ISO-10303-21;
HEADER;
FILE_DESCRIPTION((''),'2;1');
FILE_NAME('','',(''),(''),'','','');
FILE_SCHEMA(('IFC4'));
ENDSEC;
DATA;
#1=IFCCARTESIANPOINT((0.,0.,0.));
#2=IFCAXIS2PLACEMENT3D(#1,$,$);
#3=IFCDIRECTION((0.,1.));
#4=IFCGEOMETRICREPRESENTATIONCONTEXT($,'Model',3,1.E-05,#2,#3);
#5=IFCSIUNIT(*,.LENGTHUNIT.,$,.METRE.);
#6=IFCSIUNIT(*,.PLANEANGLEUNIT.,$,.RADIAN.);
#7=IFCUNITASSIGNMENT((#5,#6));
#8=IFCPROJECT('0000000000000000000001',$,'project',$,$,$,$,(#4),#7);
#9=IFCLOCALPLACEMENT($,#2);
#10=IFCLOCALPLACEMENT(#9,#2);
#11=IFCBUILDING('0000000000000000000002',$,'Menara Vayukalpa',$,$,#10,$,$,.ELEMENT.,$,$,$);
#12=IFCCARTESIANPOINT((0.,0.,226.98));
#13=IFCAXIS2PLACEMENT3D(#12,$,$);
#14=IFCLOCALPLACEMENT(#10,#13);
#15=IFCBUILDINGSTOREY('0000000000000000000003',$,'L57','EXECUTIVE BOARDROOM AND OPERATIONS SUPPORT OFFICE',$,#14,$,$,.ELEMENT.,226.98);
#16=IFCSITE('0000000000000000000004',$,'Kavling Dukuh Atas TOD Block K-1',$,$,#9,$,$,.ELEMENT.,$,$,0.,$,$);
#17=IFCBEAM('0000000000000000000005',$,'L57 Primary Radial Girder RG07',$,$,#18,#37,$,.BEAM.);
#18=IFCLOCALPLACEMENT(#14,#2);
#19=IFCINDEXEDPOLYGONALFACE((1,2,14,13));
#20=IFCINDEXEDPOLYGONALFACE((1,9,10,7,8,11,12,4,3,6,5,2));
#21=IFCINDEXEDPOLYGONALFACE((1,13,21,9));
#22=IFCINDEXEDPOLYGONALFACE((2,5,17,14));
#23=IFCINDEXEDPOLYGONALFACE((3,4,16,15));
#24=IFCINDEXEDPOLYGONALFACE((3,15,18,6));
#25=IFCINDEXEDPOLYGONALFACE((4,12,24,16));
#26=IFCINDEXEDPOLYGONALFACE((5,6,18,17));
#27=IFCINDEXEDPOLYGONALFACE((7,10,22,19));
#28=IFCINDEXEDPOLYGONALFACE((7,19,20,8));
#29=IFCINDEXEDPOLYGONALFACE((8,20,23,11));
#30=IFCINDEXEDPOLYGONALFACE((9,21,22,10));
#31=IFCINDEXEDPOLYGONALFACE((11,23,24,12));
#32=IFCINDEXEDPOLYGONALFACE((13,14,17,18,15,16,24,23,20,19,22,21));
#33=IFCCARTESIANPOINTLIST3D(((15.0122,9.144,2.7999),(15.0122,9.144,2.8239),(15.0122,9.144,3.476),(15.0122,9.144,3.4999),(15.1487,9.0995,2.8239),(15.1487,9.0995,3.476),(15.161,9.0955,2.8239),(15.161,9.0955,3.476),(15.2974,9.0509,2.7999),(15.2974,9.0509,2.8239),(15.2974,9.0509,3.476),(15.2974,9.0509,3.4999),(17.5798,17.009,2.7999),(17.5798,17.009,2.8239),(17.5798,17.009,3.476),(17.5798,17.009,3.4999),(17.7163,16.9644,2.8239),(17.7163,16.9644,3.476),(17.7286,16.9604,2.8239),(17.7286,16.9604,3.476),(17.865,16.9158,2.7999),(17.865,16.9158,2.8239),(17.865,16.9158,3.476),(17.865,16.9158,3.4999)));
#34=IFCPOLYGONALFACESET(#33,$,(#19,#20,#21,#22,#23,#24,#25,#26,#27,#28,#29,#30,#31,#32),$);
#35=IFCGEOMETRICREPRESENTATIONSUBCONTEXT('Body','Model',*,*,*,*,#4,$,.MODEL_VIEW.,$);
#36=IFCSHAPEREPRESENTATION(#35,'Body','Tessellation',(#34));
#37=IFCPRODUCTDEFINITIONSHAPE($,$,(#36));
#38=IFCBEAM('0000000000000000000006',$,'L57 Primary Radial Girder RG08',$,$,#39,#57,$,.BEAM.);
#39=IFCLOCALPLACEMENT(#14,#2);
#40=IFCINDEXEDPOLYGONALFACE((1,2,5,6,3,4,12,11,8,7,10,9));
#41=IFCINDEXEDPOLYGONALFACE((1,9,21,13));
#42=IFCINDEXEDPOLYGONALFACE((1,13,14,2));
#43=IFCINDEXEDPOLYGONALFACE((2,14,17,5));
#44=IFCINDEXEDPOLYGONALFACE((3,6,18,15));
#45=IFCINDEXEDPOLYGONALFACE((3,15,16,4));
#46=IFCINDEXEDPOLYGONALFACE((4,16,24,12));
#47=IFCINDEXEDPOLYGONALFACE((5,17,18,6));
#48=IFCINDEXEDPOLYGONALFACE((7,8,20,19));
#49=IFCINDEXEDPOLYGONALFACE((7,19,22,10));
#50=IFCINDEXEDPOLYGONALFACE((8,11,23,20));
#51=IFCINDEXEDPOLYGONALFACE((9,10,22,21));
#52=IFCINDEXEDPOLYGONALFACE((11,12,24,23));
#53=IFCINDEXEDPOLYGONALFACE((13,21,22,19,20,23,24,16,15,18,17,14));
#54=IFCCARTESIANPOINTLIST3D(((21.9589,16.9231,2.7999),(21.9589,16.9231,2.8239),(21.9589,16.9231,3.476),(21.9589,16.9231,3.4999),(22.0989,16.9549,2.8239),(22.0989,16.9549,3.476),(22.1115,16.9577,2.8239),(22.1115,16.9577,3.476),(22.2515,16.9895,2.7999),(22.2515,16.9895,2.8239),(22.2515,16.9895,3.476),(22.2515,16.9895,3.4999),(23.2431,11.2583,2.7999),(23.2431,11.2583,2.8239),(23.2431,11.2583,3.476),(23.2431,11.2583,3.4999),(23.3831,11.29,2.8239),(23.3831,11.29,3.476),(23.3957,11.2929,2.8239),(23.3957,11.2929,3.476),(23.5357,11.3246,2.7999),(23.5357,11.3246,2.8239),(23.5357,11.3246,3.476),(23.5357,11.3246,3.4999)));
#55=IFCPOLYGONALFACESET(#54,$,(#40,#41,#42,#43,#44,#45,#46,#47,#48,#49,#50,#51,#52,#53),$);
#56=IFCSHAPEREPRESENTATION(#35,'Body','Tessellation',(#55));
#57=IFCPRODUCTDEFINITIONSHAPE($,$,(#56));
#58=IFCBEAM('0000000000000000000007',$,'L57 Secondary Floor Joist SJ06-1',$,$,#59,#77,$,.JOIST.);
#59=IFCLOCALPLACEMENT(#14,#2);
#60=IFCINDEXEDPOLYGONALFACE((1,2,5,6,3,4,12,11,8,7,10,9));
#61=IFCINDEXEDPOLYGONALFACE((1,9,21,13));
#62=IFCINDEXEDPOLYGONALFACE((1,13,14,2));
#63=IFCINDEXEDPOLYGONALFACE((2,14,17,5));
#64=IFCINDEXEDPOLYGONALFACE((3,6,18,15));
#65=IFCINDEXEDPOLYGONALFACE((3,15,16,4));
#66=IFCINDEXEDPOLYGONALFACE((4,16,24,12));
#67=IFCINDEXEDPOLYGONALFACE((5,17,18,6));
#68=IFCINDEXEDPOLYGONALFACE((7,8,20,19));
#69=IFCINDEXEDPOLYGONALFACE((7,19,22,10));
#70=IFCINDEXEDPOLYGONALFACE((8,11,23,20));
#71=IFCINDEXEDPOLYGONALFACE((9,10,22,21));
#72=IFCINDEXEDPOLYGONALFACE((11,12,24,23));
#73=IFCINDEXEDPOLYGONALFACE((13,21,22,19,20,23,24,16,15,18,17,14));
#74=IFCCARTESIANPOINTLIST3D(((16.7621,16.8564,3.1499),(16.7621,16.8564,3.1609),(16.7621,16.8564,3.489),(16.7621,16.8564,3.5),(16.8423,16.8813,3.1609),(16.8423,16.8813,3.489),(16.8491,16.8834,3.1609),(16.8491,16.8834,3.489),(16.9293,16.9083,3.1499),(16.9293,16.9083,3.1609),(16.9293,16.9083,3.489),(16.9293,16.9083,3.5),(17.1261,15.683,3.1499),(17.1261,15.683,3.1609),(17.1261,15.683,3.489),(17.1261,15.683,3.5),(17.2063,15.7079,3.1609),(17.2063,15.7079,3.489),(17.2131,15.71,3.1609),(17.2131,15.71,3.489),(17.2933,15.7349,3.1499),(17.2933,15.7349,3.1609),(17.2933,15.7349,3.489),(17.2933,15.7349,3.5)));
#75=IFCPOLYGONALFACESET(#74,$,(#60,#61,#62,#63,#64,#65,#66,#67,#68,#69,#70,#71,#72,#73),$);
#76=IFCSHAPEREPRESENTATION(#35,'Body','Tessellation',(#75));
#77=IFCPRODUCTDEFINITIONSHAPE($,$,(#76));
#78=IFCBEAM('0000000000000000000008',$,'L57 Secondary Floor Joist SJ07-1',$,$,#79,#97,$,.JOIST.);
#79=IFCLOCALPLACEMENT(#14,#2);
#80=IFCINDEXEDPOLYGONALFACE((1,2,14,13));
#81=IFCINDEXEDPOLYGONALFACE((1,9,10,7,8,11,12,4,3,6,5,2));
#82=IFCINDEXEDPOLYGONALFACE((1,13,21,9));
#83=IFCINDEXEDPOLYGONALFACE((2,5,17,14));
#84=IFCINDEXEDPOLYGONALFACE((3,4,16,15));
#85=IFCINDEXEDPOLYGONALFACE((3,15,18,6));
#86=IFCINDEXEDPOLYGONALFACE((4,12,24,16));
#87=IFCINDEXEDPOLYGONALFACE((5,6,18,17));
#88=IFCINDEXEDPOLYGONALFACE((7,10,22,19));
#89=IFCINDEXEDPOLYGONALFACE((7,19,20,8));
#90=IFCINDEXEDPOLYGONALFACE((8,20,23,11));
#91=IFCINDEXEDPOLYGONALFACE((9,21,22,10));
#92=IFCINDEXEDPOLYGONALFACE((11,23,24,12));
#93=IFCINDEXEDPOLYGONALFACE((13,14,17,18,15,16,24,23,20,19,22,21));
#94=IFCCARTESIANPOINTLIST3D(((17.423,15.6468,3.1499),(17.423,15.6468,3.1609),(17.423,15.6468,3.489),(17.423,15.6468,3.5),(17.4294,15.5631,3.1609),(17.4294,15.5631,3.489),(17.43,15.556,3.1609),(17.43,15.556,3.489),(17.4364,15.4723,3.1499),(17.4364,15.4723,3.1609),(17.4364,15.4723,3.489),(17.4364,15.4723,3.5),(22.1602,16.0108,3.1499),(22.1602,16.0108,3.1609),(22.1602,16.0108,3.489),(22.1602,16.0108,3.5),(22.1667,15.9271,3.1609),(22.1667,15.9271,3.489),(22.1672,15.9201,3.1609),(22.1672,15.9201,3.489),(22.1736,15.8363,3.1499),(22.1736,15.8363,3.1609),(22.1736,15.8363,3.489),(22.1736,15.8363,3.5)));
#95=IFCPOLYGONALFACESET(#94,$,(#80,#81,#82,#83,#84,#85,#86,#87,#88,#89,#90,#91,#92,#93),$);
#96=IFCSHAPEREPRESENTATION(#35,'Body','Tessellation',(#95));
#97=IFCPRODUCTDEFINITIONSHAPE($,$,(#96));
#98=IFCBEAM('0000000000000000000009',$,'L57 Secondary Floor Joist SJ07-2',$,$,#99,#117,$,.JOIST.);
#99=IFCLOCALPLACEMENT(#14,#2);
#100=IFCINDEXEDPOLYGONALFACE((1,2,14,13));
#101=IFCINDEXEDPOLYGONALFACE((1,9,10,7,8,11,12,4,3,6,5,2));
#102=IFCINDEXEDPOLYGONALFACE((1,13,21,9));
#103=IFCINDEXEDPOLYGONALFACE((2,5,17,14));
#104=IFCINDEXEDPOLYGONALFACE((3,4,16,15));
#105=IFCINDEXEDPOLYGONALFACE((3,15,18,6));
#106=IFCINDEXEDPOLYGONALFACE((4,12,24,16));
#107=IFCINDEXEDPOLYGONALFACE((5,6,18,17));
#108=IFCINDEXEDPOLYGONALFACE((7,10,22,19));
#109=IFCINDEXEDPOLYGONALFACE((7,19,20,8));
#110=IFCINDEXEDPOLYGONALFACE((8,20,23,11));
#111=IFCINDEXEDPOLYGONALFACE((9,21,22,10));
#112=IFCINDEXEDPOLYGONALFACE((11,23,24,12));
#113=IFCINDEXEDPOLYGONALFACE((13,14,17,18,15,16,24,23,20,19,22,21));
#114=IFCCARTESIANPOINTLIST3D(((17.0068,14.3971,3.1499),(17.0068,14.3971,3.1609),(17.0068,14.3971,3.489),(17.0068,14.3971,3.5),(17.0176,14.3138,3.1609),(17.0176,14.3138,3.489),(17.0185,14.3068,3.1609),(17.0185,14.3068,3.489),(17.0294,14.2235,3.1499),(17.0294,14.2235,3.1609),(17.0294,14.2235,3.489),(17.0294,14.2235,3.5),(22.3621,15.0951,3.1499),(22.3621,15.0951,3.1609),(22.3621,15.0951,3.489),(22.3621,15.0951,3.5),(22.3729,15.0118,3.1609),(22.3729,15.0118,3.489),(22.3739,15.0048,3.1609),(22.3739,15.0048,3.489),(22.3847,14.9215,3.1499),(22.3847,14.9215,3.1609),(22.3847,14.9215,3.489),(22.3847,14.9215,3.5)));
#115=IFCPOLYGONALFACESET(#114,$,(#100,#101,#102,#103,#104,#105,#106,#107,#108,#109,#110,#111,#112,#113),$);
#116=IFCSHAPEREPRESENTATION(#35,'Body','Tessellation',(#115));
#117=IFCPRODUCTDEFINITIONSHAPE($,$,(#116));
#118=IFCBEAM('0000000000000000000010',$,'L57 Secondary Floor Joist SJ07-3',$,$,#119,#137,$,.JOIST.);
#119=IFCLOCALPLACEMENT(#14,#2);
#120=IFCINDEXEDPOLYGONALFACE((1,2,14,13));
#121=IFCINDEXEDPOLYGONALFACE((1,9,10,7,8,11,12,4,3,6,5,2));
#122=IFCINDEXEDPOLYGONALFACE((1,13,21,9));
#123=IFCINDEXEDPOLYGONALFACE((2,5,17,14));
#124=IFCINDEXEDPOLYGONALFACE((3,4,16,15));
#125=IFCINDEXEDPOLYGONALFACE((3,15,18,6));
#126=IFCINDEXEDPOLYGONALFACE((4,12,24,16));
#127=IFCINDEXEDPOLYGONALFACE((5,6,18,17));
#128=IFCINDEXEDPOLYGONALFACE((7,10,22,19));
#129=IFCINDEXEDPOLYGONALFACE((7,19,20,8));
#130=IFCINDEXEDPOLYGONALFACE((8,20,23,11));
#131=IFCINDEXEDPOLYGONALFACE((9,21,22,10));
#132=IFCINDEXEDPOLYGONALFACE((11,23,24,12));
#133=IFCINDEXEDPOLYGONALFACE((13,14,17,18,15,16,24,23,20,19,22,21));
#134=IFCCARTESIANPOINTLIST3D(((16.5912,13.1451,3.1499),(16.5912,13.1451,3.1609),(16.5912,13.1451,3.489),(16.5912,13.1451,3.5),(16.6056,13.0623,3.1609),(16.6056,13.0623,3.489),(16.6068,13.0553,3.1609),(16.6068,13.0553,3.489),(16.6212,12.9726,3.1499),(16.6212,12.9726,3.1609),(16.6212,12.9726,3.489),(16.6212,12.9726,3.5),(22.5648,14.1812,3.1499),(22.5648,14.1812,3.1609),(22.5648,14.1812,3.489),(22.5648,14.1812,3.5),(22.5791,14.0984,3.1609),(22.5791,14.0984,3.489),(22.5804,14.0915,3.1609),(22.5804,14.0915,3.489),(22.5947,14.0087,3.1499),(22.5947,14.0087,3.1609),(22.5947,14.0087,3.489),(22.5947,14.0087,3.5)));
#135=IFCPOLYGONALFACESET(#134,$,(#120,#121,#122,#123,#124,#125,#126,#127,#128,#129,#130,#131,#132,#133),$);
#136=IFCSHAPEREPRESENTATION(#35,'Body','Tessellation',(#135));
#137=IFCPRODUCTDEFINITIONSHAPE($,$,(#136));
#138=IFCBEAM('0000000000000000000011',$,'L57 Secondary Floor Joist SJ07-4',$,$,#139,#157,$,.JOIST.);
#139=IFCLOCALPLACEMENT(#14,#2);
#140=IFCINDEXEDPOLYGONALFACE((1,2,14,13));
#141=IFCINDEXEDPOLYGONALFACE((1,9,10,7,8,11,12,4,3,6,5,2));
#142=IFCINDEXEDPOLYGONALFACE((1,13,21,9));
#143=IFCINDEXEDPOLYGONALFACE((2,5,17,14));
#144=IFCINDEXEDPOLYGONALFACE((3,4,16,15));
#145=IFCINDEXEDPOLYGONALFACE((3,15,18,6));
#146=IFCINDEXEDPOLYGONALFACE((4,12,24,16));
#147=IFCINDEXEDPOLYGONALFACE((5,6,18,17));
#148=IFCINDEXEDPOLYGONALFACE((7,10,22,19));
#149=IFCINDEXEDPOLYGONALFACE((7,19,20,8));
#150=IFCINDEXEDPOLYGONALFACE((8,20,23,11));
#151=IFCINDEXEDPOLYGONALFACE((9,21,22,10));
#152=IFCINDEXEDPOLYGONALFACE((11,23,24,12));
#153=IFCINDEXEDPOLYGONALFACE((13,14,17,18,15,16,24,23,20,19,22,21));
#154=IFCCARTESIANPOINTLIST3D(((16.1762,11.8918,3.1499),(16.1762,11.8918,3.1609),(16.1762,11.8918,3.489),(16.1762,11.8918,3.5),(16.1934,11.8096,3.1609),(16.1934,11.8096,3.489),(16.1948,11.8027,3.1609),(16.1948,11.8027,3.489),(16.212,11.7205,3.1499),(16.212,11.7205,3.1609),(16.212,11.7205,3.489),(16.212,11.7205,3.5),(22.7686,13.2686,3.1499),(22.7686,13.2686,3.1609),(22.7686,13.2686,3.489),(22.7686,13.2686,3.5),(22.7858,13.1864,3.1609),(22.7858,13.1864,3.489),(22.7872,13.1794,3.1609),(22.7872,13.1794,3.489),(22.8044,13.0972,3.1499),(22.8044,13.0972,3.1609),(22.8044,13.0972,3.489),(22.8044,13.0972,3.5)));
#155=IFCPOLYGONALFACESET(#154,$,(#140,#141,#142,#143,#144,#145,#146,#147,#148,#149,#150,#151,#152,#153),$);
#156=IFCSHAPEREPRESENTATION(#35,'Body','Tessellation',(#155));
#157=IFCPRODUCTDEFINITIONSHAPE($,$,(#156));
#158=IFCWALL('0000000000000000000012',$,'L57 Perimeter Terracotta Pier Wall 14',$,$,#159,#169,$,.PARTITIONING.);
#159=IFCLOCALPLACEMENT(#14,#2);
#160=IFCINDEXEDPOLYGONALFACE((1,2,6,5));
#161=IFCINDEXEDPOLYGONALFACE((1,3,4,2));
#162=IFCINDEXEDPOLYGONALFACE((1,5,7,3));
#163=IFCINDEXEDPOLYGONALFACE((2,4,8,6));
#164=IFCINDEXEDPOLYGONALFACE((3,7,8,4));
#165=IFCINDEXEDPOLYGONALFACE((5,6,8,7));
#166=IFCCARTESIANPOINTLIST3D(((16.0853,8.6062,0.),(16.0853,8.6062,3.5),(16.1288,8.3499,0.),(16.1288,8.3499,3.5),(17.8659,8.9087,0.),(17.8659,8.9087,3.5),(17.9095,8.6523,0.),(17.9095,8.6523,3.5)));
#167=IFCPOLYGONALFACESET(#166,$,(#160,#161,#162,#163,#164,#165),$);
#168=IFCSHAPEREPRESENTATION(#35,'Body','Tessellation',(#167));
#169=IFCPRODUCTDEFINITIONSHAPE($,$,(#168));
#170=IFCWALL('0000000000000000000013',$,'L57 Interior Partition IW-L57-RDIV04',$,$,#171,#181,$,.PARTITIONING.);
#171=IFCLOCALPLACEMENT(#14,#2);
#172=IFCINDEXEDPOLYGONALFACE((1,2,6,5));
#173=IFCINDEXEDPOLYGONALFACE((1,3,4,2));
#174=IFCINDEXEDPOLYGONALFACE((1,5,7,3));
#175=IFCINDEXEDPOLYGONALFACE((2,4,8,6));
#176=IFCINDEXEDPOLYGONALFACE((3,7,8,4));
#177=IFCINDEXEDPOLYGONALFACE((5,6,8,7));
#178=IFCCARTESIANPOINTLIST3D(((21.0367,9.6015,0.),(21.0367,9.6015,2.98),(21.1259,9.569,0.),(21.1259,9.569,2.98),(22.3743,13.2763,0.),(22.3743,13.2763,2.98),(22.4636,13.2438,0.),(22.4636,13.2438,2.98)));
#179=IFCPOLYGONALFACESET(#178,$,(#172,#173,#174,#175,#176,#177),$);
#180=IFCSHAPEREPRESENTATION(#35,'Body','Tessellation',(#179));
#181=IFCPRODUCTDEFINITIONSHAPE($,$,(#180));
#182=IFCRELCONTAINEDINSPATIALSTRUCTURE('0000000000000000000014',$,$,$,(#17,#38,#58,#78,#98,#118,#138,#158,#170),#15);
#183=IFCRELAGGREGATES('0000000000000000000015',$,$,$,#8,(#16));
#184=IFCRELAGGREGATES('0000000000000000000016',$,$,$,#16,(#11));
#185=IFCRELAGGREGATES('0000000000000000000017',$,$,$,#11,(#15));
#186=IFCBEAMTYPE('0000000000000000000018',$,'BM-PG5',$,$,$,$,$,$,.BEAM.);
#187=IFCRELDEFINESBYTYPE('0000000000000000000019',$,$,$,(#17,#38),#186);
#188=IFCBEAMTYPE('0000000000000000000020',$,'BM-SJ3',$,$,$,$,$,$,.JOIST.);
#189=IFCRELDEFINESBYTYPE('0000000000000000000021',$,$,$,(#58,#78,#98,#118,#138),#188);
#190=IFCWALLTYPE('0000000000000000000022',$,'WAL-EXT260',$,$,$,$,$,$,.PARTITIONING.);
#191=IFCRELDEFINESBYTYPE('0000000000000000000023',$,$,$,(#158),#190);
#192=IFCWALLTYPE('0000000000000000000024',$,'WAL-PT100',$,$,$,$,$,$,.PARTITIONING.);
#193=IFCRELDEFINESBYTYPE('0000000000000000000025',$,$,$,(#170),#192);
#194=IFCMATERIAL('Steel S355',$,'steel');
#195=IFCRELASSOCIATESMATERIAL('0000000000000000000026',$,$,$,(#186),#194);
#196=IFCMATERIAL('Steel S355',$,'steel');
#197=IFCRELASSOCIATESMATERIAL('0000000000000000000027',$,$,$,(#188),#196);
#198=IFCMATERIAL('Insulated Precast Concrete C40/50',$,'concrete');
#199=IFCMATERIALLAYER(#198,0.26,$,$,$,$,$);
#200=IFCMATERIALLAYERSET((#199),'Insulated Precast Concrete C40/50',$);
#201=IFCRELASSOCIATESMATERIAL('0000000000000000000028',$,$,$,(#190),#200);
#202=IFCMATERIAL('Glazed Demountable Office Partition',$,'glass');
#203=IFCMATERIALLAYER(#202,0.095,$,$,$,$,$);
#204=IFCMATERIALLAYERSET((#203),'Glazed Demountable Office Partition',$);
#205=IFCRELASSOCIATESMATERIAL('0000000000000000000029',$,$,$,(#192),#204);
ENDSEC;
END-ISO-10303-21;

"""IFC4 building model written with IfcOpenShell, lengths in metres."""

from ifc_helpers import new_model, si_unit, direction, frame, frame_2d, origin, origin_2d, place, context, subcontext, project, spatial, rectangle, i_section, extrude, material, layer, layer_set, material_profile, profile_set, type_object, element, save


model = new_model("IFC4")

# Units and contexts
model_context = context("Model", 3, precision=1e-05, world=origin(), true_north=direction((0.0, 1.0)))
body_context = subcontext(model_context, "Body", "Model", "MODEL_VIEW")
ifc_project = project(units=[si_unit("LENGTHUNIT", "METRE"), si_unit("PLANEANGLEUNIT", "RADIAN")], contexts=[model_context])

# Site, building, storey
site_placement = place(None, origin())
site = spatial("IfcSite", under=ifc_project, at=site_placement, Name="Kavling Dukuh Atas TOD Block K-1", CompositionType="ELEMENT", RefElevation=0.0)
building_placement = place(site_placement, origin())
building = spatial("IfcBuilding", under=site, at=building_placement, Name="Menara Vayukalpa", CompositionType="ELEMENT")
storey_placement = place(building_placement, frame((0.0, 0.0, 226.98)))
storey = spatial("IfcBuildingStorey", under=building, at=storey_placement, Name="L57", Description="EXECUTIVE BOARDROOM AND OPERATIONS SUPPORT OFFICE", CompositionType="ELEMENT", Elevation=226.98)

# Beams
ifc_material_1 = material(Name="Steel S355", Category="steel")
ifc_material_profile_1 = material_profile(ifc_material_1, i_section(OverallWidth=0.3, OverallDepth=0.7, WebThickness=0.0129, FlangeThickness=0.0239, at=origin_2d()), Name="WF 700x300x13x24")
ifc_profile_set_1 = profile_set([ifc_material_profile_1], Name="Steel S355")
beam_type_1 = type_object("IfcBeamType", Name="BM-PG5", PredefinedType="BEAM", material=ifc_profile_set_1)
beam_1_placement = place(storey_placement, frame((17.7224, 16.9624, 3.1499), z_axis=(-0.310344, -0.950624, 0.0), x_axis=(0.950624, -0.310344, 0.0)))
element("IfcBeam", 1, at=beam_1_placement, inside=storey, type_object=beam_type_1, Name="L57 Primary Radial Girder RG07", PredefinedType="BEAM", context=body_context, shape_type="SweptSolid", body=[
    extrude(i_section(OverallWidth=0.3, OverallDepth=0.7, WebThickness=0.0129, FlangeThickness=0.0239, at=origin_2d()), origin(), (0.0, 0.0, 1.0), 8.2734),
])
beam_2_placement = place(storey_placement, frame((22.1052, 16.9563, 3.1499), z_axis=(0.221085, -0.975255, 0.0), x_axis=(0.975255, 0.221085, 0.0)))
element("IfcBeam", 2, at=beam_2_placement, inside=storey, type_object=beam_type_1, Name="L57 Primary Radial Girder RG08", PredefinedType="BEAM", context=body_context, shape_type="SweptSolid", body=[
    extrude(i_section(OverallWidth=0.3, OverallDepth=0.7, WebThickness=0.0129, FlangeThickness=0.0239, at=origin_2d()), origin(), (0.0, 0.0, 1.0), 5.8086),
])
ifc_material_2 = material(Name="Steel S355", Category="steel")
ifc_material_profile_2 = material_profile(ifc_material_2, i_section(OverallWidth=0.175, OverallDepth=0.3501, WebThickness=0.0071, FlangeThickness=0.011, at=origin_2d()), Name="WF 350x175x7x11")
ifc_profile_set_2 = profile_set([ifc_material_profile_2], Name="Steel S355")
beam_type_2 = type_object("IfcBeamType", Name="BM-SJ3", PredefinedType="JOIST", material=ifc_profile_set_2)
beam_3_placement = place(storey_placement, frame((16.8457, 16.8823, 3.325), z_axis=(0.296305, -0.955093, 0.0), x_axis=(0.955093, 0.296305, 0.0)))
element("IfcBeam", 3, at=beam_3_placement, inside=storey, type_object=beam_type_2, Name="L57 Secondary Floor Joist SJ06-1", PredefinedType="JOIST", context=body_context, shape_type="SweptSolid", body=[
    extrude(i_section(OverallWidth=0.175, OverallDepth=0.3501, WebThickness=0.0071, FlangeThickness=0.011, at=origin_2d()), origin(), (0.0, 0.0, 1.0), 1.2285),
])
beam_4_placement = place(storey_placement, frame((17.4297, 15.5596, 3.325), z_axis=(0.997061, 0.076614, 0.0), x_axis=(-0.076614, 0.997061, 0.0)))
element("IfcBeam", 4, at=beam_4_placement, inside=storey, type_object=beam_type_2, Name="L57 Secondary Floor Joist SJ07-1", PredefinedType="JOIST", context=body_context, shape_type="SweptSolid", body=[
    extrude(i_section(OverallWidth=0.175, OverallDepth=0.3501, WebThickness=0.0071, FlangeThickness=0.011, at=origin_2d()), origin(), (0.0, 0.0, 1.0), 4.7512),
])
beam_5_placement = place(storey_placement, frame((17.0181, 14.3103, 3.325), z_axis=(0.991613, 0.129246, 0.0), x_axis=(-0.129246, 0.991613, 0.0)))
element("IfcBeam", 5, at=beam_5_placement, inside=storey, type_object=beam_type_2, Name="L57 Secondary Floor Joist SJ07-2", PredefinedType="JOIST", context=body_context, shape_type="SweptSolid", body=[
    extrude(i_section(OverallWidth=0.175, OverallDepth=0.3501, WebThickness=0.0071, FlangeThickness=0.011, at=origin_2d()), origin(), (0.0, 0.0, 1.0), 5.4006),
])
beam_6_placement = place(storey_placement, frame((16.6062, 13.0588, 3.325), z_axis=(0.985288, 0.170899, 0.0), x_axis=(-0.170899, 0.985288, 0.0)))
element("IfcBeam", 6, at=beam_6_placement, inside=storey, type_object=beam_type_2, Name="L57 Secondary Floor Joist SJ07-3", PredefinedType="JOIST", context=body_context, shape_type="SweptSolid", body=[
    extrude(i_section(OverallWidth=0.175, OverallDepth=0.3501, WebThickness=0.0071, FlangeThickness=0.011, at=origin_2d()), origin(), (0.0, 0.0, 1.0), 6.0627),
])
beam_7_placement = place(storey_placement, frame((16.1941, 11.8062, 3.325), z_axis=(0.978882, 0.204426, 0.0), x_axis=(-0.204426, 0.978882, 0.0)))
element("IfcBeam", 7, at=beam_7_placement, inside=storey, type_object=beam_type_2, Name="L57 Secondary Floor Joist SJ07-4", PredefinedType="JOIST", context=body_context, shape_type="SweptSolid", body=[
    extrude(i_section(OverallWidth=0.175, OverallDepth=0.3501, WebThickness=0.0071, FlangeThickness=0.011, at=origin_2d()), origin(), (0.0, 0.0, 1.0), 6.7346),
])

# Walls
ifc_material_3 = material(Name="Insulated Precast Concrete C40/50", Category="concrete")
ifc_layer_1 = layer(ifc_material_3, 0.26)
ifc_layer_set_1 = layer_set([ifc_layer_1], Name="Insulated Precast Concrete C40/50")
wall_type_1 = type_object("IfcWallType", Name="WAL-EXT260", PredefinedType="PARTITIONING", material=ifc_layer_set_1)
wall_1_placement = place(storey_placement, frame((17.8877, 8.7805, 0.0), z_axis=(0.0, 0.0, 1.0), x_axis=(-0.985878, -0.167467, 0.0)))
element("IfcWall", 8, at=wall_1_placement, inside=storey, type_object=wall_type_1, Name="L57 Perimeter Terracotta Pier Wall 14", PredefinedType="PARTITIONING", context=body_context, shape_type="SweptSolid", body=[
    extrude(rectangle(XDim=1.8062, YDim=0.26, at=frame_2d((0.9031, 0.0))), origin(), (0.0, 0.0, 1.0), 3.5),
])
ifc_material_4 = material(Name="Glazed Demountable Office Partition", Category="glass")
ifc_layer_2 = layer(ifc_material_4, 0.095)
ifc_layer_set_2 = layer_set([ifc_layer_2], Name="Glazed Demountable Office Partition")
wall_type_2 = type_object("IfcWallType", Name="WAL-PT100", PredefinedType="PARTITIONING", material=ifc_layer_set_2)
wall_2_placement = place(storey_placement, frame((22.4189, 13.26, 0.0), z_axis=(0.0, 0.0, 1.0), x_axis=(-0.342049, -0.939682, 0.0)))
element("IfcWall", 9, at=wall_2_placement, inside=storey, type_object=wall_type_2, Name="L57 Interior Partition IW-L57-RDIV04", PredefinedType="PARTITIONING", context=body_context, shape_type="SweptSolid", body=[
    extrude(rectangle(XDim=3.9106, YDim=0.095, at=frame_2d((1.9553, 0.0))), origin(), (0.0, 0.0, 1.0), 2.98),
])

save(model, "model.ifc")
